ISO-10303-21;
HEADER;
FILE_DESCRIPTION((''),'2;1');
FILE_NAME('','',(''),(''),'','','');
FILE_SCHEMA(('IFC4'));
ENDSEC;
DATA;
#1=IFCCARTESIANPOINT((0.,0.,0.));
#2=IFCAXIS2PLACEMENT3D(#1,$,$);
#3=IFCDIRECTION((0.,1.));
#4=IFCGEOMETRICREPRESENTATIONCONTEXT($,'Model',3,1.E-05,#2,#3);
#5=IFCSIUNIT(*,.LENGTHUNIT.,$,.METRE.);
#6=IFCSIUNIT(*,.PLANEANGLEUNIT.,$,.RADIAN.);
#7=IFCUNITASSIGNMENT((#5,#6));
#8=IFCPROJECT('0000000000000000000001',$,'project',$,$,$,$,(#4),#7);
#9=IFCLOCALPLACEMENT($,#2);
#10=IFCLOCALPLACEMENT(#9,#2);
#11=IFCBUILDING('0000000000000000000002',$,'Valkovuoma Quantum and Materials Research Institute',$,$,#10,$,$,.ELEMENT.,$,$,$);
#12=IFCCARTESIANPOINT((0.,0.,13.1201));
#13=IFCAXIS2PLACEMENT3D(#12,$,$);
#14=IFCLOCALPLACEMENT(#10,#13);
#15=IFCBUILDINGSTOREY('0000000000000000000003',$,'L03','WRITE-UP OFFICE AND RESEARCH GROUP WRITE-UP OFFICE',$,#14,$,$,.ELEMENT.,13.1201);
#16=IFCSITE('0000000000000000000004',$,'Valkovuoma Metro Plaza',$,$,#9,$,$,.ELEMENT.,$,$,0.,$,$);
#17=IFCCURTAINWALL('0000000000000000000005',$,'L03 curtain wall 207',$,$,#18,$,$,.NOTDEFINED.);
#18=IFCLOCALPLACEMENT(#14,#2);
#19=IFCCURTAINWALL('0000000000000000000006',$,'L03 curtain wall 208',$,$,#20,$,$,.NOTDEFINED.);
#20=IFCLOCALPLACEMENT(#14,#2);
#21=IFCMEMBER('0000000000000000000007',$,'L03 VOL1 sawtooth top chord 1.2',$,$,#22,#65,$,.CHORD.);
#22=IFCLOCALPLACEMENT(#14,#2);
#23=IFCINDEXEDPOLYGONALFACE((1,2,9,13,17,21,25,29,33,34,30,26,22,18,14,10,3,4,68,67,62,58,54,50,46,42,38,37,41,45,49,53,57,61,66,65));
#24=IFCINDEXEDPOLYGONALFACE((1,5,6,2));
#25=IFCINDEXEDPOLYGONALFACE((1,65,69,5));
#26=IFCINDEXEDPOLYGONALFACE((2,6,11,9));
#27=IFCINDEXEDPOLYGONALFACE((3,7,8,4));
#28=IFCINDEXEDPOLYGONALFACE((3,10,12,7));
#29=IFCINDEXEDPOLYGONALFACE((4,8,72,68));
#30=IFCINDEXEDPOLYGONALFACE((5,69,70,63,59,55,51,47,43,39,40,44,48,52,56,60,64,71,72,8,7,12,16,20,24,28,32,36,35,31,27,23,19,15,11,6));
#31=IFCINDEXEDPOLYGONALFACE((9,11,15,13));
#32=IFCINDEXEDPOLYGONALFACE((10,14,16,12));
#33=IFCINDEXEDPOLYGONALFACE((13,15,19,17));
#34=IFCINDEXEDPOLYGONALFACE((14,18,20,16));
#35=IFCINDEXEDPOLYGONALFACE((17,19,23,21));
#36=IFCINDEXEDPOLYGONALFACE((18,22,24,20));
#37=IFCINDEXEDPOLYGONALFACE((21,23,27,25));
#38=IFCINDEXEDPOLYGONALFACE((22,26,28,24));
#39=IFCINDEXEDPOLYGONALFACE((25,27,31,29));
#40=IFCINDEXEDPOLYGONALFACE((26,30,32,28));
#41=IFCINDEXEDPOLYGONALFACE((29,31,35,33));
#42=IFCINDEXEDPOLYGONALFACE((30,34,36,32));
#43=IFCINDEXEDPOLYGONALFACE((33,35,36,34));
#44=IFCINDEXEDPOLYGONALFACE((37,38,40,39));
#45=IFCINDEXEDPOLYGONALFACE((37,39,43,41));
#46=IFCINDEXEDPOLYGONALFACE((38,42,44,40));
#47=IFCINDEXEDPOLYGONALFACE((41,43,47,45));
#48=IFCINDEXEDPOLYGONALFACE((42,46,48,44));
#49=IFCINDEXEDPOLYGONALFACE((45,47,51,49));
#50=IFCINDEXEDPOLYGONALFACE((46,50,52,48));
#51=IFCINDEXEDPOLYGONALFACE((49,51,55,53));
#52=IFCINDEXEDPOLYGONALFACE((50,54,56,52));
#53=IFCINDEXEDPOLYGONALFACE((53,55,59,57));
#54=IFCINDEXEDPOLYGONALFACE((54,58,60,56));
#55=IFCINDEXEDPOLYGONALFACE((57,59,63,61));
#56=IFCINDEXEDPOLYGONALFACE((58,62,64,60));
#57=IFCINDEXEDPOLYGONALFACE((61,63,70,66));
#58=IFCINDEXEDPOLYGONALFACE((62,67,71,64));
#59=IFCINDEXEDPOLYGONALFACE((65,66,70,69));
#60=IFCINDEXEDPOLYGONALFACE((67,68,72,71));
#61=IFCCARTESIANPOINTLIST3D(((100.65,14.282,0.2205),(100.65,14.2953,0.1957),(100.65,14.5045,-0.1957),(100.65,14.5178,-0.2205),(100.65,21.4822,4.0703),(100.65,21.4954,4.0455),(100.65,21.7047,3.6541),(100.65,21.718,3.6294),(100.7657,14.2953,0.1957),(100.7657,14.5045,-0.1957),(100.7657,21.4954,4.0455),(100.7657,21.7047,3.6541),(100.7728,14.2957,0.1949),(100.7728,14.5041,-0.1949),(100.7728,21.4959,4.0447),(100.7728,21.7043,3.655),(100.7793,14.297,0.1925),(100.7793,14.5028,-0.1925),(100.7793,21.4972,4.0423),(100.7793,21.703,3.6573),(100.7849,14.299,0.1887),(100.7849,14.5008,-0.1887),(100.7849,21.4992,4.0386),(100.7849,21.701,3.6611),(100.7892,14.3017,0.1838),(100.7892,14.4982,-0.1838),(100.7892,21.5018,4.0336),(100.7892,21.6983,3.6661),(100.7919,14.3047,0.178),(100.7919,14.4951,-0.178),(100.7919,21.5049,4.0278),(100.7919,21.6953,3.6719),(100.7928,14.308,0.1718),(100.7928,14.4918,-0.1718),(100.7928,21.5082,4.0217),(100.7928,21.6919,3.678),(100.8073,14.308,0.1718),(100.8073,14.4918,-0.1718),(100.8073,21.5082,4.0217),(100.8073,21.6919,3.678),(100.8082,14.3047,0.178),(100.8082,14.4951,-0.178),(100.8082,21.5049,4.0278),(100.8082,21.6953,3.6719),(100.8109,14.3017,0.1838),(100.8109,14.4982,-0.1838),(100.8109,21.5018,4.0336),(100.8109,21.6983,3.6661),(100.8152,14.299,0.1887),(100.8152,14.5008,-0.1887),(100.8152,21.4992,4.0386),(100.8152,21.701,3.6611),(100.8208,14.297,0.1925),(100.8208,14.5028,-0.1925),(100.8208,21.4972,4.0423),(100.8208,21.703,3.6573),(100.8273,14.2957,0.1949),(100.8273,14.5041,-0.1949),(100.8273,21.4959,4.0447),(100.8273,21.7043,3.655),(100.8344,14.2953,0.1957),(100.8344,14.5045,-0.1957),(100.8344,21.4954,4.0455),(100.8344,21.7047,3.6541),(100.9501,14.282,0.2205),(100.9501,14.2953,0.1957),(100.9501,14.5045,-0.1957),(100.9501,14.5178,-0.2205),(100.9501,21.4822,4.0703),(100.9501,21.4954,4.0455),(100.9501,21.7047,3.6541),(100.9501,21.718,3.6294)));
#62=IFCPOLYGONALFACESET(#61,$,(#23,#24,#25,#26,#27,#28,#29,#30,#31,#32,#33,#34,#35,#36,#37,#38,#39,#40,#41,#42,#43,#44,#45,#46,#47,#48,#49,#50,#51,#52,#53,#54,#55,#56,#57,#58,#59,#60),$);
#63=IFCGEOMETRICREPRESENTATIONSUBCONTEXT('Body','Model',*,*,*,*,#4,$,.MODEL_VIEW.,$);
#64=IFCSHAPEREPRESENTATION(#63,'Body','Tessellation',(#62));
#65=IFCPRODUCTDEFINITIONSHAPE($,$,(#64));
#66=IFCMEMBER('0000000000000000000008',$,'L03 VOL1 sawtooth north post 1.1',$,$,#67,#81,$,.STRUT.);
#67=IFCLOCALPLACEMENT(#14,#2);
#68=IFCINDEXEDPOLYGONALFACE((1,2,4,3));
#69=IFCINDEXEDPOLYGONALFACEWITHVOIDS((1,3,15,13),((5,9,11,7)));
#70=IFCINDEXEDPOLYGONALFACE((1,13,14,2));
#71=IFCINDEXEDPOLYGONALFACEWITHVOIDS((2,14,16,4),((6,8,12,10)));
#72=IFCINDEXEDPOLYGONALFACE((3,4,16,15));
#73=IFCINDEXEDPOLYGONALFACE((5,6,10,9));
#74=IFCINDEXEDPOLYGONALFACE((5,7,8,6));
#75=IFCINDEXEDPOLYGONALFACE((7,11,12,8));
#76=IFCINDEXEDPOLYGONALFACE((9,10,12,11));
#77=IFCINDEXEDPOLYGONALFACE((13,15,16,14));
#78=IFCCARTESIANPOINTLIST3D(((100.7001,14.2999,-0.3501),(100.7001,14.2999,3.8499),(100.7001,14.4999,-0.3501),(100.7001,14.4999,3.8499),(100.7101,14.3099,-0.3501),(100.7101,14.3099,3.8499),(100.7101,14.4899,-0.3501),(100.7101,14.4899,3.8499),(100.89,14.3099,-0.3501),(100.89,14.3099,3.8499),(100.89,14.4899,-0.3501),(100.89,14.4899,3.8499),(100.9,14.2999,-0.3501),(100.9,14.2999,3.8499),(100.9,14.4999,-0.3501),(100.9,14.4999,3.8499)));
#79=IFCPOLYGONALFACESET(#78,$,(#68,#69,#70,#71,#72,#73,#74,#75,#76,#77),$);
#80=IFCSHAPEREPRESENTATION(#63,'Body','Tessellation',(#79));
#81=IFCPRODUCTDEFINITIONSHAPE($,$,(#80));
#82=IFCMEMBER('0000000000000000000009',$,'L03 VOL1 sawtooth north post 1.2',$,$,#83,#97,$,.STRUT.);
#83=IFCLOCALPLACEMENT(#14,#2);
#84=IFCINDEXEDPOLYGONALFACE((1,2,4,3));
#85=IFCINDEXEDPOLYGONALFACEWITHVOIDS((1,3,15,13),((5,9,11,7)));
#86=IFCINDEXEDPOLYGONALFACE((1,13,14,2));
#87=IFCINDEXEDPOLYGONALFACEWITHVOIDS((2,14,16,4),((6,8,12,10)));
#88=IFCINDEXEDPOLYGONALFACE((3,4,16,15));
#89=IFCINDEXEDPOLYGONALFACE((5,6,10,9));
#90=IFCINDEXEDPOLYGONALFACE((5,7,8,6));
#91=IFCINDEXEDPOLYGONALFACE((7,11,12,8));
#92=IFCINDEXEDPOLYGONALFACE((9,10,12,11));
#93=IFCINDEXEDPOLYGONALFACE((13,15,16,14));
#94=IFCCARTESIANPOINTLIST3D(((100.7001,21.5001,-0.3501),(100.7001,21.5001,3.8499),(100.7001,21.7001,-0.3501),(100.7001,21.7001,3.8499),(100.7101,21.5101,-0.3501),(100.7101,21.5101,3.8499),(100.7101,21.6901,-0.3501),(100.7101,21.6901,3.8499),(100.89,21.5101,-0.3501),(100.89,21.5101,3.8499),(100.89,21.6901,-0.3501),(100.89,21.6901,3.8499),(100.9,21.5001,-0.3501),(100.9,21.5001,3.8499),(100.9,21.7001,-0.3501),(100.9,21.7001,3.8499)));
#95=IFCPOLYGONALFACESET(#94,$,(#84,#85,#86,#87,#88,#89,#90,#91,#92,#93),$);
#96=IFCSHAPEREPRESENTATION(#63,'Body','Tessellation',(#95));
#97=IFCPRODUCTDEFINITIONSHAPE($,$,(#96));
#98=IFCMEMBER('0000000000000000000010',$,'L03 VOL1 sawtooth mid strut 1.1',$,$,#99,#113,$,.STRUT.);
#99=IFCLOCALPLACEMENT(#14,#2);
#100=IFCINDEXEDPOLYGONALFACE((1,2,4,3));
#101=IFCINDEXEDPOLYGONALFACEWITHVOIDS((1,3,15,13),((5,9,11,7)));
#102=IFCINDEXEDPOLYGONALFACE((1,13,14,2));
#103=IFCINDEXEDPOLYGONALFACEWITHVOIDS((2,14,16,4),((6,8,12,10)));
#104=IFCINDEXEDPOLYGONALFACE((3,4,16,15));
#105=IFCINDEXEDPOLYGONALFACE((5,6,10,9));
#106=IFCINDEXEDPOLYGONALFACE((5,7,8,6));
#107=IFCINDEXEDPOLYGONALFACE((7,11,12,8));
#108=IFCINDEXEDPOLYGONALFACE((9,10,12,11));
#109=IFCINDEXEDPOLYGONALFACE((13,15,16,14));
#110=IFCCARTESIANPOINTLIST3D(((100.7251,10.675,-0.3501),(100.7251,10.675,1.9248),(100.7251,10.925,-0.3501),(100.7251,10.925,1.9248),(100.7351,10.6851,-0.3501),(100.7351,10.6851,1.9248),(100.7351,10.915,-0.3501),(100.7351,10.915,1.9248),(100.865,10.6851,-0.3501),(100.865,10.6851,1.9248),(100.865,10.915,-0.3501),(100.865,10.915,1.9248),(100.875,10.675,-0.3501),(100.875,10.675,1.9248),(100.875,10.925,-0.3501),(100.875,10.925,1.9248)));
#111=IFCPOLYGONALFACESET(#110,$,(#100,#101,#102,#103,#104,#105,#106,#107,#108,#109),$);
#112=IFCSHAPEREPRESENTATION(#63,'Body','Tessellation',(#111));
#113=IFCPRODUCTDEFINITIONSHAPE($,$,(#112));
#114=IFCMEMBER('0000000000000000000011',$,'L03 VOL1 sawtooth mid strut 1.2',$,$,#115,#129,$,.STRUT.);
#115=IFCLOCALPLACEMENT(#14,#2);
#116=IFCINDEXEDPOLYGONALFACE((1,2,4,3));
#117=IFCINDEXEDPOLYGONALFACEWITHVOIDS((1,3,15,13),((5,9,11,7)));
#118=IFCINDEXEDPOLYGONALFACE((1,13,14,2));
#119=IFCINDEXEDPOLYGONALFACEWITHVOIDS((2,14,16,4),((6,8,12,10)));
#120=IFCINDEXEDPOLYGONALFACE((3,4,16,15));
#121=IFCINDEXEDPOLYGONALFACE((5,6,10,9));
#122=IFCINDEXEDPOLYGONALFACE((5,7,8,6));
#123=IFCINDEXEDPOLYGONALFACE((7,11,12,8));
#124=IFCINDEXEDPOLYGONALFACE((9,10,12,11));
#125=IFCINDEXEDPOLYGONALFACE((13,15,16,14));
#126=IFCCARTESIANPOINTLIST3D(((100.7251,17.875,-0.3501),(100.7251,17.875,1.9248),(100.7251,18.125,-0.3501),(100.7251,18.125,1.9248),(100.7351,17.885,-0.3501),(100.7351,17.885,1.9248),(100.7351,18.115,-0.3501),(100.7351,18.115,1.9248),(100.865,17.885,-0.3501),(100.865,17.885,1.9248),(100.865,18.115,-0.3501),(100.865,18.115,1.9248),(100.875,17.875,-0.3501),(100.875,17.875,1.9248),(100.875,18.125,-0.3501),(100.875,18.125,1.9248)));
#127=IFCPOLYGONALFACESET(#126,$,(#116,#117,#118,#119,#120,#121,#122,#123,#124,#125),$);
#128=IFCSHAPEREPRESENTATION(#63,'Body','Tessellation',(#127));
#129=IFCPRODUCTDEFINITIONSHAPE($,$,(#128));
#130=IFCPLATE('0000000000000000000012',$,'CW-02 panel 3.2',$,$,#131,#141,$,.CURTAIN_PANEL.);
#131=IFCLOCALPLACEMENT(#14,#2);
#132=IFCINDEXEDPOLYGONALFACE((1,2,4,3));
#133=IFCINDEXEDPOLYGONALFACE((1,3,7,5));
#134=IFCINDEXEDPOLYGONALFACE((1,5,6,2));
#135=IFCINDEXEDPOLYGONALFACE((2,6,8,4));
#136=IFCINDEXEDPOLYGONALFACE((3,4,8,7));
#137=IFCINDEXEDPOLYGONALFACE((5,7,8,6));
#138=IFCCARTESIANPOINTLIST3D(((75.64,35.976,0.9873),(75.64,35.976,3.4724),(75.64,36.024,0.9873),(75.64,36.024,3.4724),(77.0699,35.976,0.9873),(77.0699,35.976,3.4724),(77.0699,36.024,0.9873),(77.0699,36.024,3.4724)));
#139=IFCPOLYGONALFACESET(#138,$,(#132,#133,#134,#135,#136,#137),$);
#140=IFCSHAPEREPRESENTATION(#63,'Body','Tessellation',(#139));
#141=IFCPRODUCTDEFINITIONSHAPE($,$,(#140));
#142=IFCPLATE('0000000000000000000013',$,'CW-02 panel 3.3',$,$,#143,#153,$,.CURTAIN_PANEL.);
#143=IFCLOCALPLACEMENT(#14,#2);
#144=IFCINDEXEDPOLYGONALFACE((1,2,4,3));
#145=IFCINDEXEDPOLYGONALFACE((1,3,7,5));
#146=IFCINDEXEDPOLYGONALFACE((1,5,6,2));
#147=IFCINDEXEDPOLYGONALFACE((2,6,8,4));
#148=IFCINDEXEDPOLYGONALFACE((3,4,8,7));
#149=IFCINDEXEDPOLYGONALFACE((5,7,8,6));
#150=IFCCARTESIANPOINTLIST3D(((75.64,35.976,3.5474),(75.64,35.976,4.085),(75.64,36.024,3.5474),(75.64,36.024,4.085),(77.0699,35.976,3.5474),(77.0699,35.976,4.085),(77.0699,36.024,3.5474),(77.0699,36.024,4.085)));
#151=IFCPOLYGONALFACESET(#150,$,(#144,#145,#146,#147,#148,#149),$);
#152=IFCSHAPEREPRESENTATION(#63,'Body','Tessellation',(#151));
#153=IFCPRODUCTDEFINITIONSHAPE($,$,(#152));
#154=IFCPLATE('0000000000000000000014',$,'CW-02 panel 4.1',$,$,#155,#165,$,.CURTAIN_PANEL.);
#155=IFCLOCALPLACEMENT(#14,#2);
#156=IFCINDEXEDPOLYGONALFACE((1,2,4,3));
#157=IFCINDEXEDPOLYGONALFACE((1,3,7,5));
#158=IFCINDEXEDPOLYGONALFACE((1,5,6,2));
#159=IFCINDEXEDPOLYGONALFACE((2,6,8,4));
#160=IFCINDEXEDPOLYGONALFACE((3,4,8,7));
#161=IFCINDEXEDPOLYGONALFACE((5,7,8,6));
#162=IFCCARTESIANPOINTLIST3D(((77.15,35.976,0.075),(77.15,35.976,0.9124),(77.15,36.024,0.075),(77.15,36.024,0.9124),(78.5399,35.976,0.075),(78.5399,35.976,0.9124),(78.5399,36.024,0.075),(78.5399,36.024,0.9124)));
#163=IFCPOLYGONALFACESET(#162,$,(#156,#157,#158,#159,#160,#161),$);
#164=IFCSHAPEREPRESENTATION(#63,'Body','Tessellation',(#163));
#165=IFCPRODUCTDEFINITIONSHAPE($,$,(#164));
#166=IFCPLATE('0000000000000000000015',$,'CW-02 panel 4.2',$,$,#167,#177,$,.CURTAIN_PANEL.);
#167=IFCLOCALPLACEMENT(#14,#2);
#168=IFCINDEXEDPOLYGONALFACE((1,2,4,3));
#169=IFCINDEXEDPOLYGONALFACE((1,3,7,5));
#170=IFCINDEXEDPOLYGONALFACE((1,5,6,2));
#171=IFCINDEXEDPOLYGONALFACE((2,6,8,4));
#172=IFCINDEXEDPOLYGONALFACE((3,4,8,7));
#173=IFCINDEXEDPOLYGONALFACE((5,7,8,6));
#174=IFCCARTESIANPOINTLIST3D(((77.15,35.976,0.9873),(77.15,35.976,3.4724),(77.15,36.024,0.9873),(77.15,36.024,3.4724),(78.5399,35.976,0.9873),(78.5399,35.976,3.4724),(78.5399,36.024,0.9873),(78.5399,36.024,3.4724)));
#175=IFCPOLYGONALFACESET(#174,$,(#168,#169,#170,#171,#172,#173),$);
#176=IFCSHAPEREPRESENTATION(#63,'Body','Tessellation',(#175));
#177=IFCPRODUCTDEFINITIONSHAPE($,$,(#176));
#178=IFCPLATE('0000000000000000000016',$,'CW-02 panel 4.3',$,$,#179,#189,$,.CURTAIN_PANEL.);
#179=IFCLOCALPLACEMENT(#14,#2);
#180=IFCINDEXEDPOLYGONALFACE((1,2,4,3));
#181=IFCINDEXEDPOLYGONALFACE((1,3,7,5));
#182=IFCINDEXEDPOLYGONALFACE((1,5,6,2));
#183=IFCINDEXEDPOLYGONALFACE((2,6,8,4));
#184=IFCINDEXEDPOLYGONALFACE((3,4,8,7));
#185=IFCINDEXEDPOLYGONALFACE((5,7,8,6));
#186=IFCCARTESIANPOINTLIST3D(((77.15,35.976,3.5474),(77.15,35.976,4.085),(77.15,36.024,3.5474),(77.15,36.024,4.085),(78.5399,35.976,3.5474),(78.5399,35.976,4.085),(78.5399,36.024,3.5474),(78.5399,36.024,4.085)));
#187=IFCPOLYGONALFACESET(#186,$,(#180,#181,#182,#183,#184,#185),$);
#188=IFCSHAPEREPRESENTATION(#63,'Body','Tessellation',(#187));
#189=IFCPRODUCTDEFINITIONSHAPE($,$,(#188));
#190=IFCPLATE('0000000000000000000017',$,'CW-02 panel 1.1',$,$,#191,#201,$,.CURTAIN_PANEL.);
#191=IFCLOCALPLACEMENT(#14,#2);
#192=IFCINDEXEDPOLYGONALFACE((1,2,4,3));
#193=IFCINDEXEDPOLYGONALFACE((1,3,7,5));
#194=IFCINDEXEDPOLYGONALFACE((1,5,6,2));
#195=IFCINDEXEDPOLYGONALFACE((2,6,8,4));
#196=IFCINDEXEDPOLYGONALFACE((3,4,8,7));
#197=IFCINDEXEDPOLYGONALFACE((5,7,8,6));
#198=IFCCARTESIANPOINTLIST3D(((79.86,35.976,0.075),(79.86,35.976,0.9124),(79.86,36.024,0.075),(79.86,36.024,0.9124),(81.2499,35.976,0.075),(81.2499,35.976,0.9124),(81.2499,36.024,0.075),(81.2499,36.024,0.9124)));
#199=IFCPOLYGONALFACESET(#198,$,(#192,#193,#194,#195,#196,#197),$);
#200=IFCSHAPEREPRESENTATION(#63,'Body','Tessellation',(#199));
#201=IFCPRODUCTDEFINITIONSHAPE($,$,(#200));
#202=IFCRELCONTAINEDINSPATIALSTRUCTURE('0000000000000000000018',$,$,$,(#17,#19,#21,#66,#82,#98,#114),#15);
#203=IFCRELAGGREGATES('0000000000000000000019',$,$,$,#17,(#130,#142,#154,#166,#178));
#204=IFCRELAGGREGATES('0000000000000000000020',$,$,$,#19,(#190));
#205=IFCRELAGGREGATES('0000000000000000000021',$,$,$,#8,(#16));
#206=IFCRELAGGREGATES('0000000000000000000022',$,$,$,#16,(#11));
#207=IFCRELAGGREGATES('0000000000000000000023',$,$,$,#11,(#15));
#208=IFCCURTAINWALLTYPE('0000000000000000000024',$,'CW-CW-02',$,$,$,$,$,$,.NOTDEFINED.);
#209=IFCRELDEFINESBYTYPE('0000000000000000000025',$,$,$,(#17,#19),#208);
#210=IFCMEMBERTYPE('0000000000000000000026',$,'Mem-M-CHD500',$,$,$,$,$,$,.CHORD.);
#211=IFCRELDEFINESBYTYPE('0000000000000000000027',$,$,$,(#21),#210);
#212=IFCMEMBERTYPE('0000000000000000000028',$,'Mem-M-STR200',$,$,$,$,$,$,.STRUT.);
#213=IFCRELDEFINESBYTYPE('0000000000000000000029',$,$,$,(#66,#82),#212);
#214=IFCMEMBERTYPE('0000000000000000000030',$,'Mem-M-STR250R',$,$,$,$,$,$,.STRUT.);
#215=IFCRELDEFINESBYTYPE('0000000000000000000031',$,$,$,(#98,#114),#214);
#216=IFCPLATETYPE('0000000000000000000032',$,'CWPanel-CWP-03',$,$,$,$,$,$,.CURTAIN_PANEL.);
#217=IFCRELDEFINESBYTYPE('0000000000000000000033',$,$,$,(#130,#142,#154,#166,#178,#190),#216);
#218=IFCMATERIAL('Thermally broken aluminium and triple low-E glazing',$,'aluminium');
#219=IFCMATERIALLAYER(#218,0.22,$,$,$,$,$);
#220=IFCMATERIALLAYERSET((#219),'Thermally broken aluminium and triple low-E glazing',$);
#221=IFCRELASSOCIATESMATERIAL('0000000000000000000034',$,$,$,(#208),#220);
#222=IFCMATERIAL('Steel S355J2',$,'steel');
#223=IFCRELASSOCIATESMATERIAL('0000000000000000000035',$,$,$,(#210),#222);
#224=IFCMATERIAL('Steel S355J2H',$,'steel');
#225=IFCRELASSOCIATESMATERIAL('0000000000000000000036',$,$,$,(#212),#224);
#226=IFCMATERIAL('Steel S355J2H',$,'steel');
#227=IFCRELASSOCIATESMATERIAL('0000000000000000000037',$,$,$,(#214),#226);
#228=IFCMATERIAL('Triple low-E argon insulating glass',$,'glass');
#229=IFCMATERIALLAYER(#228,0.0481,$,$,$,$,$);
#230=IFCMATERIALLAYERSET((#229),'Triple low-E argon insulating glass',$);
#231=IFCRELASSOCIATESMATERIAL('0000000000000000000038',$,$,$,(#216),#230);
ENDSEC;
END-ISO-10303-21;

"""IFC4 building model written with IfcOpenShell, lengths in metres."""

from ifc_helpers import new_model, si_unit, direction, frame, origin, origin_2d, place, context, subcontext, project, spatial, rectangle, hollow_rectangle, i_section, extrude, material, layer, layer_set, material_profile, profile_set, type_object, element, aggregate, save


model = new_model("IFC4")

# Units and contexts
model_context = context("Model", 3, precision=1e-05, world=origin(), true_north=direction((0.0, 1.0)))
body_context = subcontext(model_context, "Body", "Model", "MODEL_VIEW")
ifc_project = project(units=[si_unit("LENGTHUNIT", "METRE"), si_unit("PLANEANGLEUNIT", "RADIAN")], contexts=[model_context])

# Site, building, storey
site_placement = place(None, origin())
site = spatial("IfcSite", under=ifc_project, at=site_placement, Name="Valkovuoma Metro Plaza", CompositionType="ELEMENT", RefElevation=0.0)
building_placement = place(site_placement, origin())
building = spatial("IfcBuilding", under=site, at=building_placement, Name="Valkovuoma Quantum and Materials Research Institute", CompositionType="ELEMENT")
storey_placement = place(building_placement, frame((0.0, 0.0, 13.1201)))
storey = spatial("IfcBuildingStorey", under=building, at=storey_placement, Name="L03", Description="WRITE-UP OFFICE AND RESEARCH GROUP WRITE-UP OFFICE", CompositionType="ELEMENT", Elevation=13.1201)

# Curtain walls
ifc_material_1 = material(Name="Thermally broken aluminium and triple low-E glazing", Category="aluminium")
ifc_layer_1 = layer(ifc_material_1, 0.22)
ifc_layer_set_1 = layer_set([ifc_layer_1], Name="Thermally broken aluminium and triple low-E glazing")
curtain_wall_type = type_object("IfcCurtainWallType", Name="CW-CW-02", PredefinedType="NOTDEFINED", material=ifc_layer_set_1)
curtain_wall_1_placement = place(storey_placement, origin())
curtain_wall_1 = element("IfcCurtainWall", 1, at=curtain_wall_1_placement, inside=storey, type_object=curtain_wall_type, Name="L03 curtain wall 207", PredefinedType="NOTDEFINED")
curtain_wall_2_placement = place(storey_placement, origin())
curtain_wall_2 = element("IfcCurtainWall", 2, at=curtain_wall_2_placement, inside=storey, type_object=curtain_wall_type, Name="L03 curtain wall 208", PredefinedType="NOTDEFINED")

# Members
ifc_material_2 = material(Name="Steel S355J2", Category="steel")
ifc_material_profile_1 = material_profile(ifc_material_2, i_section(OverallWidth=0.3, OverallDepth=0.5, WebThickness=0.0144, FlangeThickness=0.0281, FilletRadius=0.0271, at=origin_2d()), Name="Steel S355J2")
ifc_profile_set_1 = profile_set([ifc_material_profile_1], Name="Steel S355J2")
member_type_1 = type_object("IfcMemberType", Name="Mem-M-CHD500", PredefinedType="CHORD", material=ifc_profile_set_1)
member_1_placement = place(storey_placement, frame((100.8, 14.3999, 0.0), z_axis=(0.0, 0.881857, 0.471518), x_axis=(-1.0, 0.0, 0.0)))
element("IfcMember", 3, at=member_1_placement, inside=storey, type_object=member_type_1, Name="L03 VOL1 sawtooth top chord 1.2", PredefinedType="CHORD", context=body_context, shape_type="SweptSolid", body=[
    extrude(i_section(OverallWidth=0.3, OverallDepth=0.5, WebThickness=0.0144, FlangeThickness=0.0281, FilletRadius=0.0271, at=origin_2d()), origin(), (0.0, 0.0, 1.0), 8.1648),
])
ifc_material_3 = material(Name="Steel S355J2H", Category="steel")
ifc_material_profile_2 = material_profile(ifc_material_3, hollow_rectangle(XDim=0.2, YDim=0.2, WallThickness=0.01, at=origin_2d()), Name="Steel S355J2H")
ifc_profile_set_2 = profile_set([ifc_material_profile_2], Name="Steel S355J2H")
member_type_2 = type_object("IfcMemberType", Name="Mem-M-STR200", PredefinedType="STRUT", material=ifc_profile_set_2)
for number, where, z_axis, x_axis, name in (
    (4, (100.8, 14.3999, -0.3501), (0.0, 0.0, 1.0), (1.0, 0.0, 0.0), "L03 VOL1 sawtooth north post 1.1"),
    (5, (100.8, 21.6001, -0.3501), (0.0, 0.0, 1.0), (1.0, 0.0, 0.0), "L03 VOL1 sawtooth north post 1.2"),
):
    element("IfcMember", number, at=place(storey_placement, frame(where, z_axis=z_axis, x_axis=x_axis)), inside=storey, type_object=member_type_2, Name=name, PredefinedType="STRUT", context=body_context, shape_type="SweptSolid", body=[
        extrude(hollow_rectangle(XDim=0.2, YDim=0.2, WallThickness=0.01, at=origin_2d()), origin(), (0.0, 0.0, 1.0), 4.2),
    ])
ifc_material_4 = material(Name="Steel S355J2H", Category="steel")
ifc_material_profile_3 = material_profile(ifc_material_4, hollow_rectangle(XDim=0.1499, YDim=0.25, WallThickness=0.01, at=origin_2d()), Name="Steel S355J2H")
ifc_profile_set_3 = profile_set([ifc_material_profile_3], Name="Steel S355J2H")
member_type_3 = type_object("IfcMemberType", Name="Mem-M-STR250R", PredefinedType="STRUT", material=ifc_profile_set_3)
for number, where, z_axis, x_axis, name in (
    (6, (100.8, 10.8, -0.3501), (0.0, 0.0, 1.0), (1.0, 0.0, 0.0), "L03 VOL1 sawtooth mid strut 1.1"),
    (7, (100.8, 18.0, -0.3501), (0.0, 0.0, 1.0), (1.0, 0.0, 0.0), "L03 VOL1 sawtooth mid strut 1.2"),
):
    element("IfcMember", number, at=place(storey_placement, frame(where, z_axis=z_axis, x_axis=x_axis)), inside=storey, type_object=member_type_3, Name=name, PredefinedType="STRUT", context=body_context, shape_type="SweptSolid", body=[
        extrude(hollow_rectangle(XDim=0.1499, YDim=0.25, WallThickness=0.01, at=origin_2d()), origin(), (0.0, 0.0, 1.0), 2.2749),
    ])

# Plates
ifc_material_5 = material(Name="Triple low-E argon insulating glass", Category="glass")
ifc_layer_2 = layer(ifc_material_5, 0.0481)
ifc_layer_set_2 = layer_set([ifc_layer_2], Name="Triple low-E argon insulating glass")
plate_type_1 = type_object("IfcPlateType", Name="CWPanel-CWP-03", PredefinedType="CURTAIN_PANEL", material=ifc_layer_set_2)
plate_1_placement = place(storey_placement, frame((76.355, 36.0, 0.9873), z_axis=(0.0, 0.0, 1.0), x_axis=(1.0, 0.0, 0.0)))
plate_1 = element("IfcPlate", 8, at=plate_1_placement, type_object=plate_type_1, Name="CW-02 panel 3.2", PredefinedType="CURTAIN_PANEL", context=body_context, shape_type="SweptSolid", body=[
    extrude(rectangle(XDim=1.4299, YDim=0.0481, at=origin_2d()), origin(), (0.0, 0.0, 1.0), 2.4851),
])
plate_2_placement = place(storey_placement, frame((76.355, 36.0, 3.5474), z_axis=(0.0, 0.0, 1.0), x_axis=(1.0, 0.0, 0.0)))
plate_2 = element("IfcPlate", 9, at=plate_2_placement, type_object=plate_type_1, Name="CW-02 panel 3.3", PredefinedType="CURTAIN_PANEL", context=body_context, shape_type="SweptSolid", body=[
    extrude(rectangle(XDim=1.4299, YDim=0.0481, at=origin_2d()), origin(), (0.0, 0.0, 1.0), 0.5376),
])
plate_3_placement = place(storey_placement, frame((77.845, 36.0, 0.075), z_axis=(0.0, 0.0, 1.0), x_axis=(1.0, 0.0, 0.0)))
plate_3 = element("IfcPlate", 10, at=plate_3_placement, type_object=plate_type_1, Name="CW-02 panel 4.1", PredefinedType="CURTAIN_PANEL", context=body_context, shape_type="SweptSolid", body=[
    extrude(rectangle(XDim=1.3899, YDim=0.0481, at=origin_2d()), origin(), (0.0, 0.0, 1.0), 0.8374),
])
plate_4_placement = place(storey_placement, frame((77.845, 36.0, 0.9873), z_axis=(0.0, 0.0, 1.0), x_axis=(1.0, 0.0, 0.0)))
plate_4 = element("IfcPlate", 11, at=plate_4_placement, type_object=plate_type_1, Name="CW-02 panel 4.2", PredefinedType="CURTAIN_PANEL", context=body_context, shape_type="SweptSolid", body=[
    extrude(rectangle(XDim=1.3899, YDim=0.0481, at=origin_2d()), origin(), (0.0, 0.0, 1.0), 2.4851),
])
plate_5_placement = place(storey_placement, frame((77.845, 36.0, 3.5474), z_axis=(0.0, 0.0, 1.0), x_axis=(1.0, 0.0, 0.0)))
plate_5 = element("IfcPlate", 12, at=plate_5_placement, type_object=plate_type_1, Name="CW-02 panel 4.3", PredefinedType="CURTAIN_PANEL", context=body_context, shape_type="SweptSolid", body=[
    extrude(rectangle(XDim=1.3899, YDim=0.0481, at=origin_2d()), origin(), (0.0, 0.0, 1.0), 0.5376),
])
aggregate(curtain_wall_1, [plate_1, plate_2, plate_3, plate_4, plate_5])
plate_6_placement = place(storey_placement, frame((80.5549, 36.0, 0.075), z_axis=(0.0, 0.0, 1.0), x_axis=(1.0, 0.0, 0.0)))
plate_6 = element("IfcPlate", 13, at=plate_6_placement, type_object=plate_type_1, Name="CW-02 panel 1.1", PredefinedType="CURTAIN_PANEL", context=body_context, shape_type="SweptSolid", body=[
    extrude(rectangle(XDim=1.3899, YDim=0.0481, at=origin_2d()), origin(), (0.0, 0.0, 1.0), 0.8374),
])
aggregate(curtain_wall_2, [plate_6])

save(model, "model.ifc")
